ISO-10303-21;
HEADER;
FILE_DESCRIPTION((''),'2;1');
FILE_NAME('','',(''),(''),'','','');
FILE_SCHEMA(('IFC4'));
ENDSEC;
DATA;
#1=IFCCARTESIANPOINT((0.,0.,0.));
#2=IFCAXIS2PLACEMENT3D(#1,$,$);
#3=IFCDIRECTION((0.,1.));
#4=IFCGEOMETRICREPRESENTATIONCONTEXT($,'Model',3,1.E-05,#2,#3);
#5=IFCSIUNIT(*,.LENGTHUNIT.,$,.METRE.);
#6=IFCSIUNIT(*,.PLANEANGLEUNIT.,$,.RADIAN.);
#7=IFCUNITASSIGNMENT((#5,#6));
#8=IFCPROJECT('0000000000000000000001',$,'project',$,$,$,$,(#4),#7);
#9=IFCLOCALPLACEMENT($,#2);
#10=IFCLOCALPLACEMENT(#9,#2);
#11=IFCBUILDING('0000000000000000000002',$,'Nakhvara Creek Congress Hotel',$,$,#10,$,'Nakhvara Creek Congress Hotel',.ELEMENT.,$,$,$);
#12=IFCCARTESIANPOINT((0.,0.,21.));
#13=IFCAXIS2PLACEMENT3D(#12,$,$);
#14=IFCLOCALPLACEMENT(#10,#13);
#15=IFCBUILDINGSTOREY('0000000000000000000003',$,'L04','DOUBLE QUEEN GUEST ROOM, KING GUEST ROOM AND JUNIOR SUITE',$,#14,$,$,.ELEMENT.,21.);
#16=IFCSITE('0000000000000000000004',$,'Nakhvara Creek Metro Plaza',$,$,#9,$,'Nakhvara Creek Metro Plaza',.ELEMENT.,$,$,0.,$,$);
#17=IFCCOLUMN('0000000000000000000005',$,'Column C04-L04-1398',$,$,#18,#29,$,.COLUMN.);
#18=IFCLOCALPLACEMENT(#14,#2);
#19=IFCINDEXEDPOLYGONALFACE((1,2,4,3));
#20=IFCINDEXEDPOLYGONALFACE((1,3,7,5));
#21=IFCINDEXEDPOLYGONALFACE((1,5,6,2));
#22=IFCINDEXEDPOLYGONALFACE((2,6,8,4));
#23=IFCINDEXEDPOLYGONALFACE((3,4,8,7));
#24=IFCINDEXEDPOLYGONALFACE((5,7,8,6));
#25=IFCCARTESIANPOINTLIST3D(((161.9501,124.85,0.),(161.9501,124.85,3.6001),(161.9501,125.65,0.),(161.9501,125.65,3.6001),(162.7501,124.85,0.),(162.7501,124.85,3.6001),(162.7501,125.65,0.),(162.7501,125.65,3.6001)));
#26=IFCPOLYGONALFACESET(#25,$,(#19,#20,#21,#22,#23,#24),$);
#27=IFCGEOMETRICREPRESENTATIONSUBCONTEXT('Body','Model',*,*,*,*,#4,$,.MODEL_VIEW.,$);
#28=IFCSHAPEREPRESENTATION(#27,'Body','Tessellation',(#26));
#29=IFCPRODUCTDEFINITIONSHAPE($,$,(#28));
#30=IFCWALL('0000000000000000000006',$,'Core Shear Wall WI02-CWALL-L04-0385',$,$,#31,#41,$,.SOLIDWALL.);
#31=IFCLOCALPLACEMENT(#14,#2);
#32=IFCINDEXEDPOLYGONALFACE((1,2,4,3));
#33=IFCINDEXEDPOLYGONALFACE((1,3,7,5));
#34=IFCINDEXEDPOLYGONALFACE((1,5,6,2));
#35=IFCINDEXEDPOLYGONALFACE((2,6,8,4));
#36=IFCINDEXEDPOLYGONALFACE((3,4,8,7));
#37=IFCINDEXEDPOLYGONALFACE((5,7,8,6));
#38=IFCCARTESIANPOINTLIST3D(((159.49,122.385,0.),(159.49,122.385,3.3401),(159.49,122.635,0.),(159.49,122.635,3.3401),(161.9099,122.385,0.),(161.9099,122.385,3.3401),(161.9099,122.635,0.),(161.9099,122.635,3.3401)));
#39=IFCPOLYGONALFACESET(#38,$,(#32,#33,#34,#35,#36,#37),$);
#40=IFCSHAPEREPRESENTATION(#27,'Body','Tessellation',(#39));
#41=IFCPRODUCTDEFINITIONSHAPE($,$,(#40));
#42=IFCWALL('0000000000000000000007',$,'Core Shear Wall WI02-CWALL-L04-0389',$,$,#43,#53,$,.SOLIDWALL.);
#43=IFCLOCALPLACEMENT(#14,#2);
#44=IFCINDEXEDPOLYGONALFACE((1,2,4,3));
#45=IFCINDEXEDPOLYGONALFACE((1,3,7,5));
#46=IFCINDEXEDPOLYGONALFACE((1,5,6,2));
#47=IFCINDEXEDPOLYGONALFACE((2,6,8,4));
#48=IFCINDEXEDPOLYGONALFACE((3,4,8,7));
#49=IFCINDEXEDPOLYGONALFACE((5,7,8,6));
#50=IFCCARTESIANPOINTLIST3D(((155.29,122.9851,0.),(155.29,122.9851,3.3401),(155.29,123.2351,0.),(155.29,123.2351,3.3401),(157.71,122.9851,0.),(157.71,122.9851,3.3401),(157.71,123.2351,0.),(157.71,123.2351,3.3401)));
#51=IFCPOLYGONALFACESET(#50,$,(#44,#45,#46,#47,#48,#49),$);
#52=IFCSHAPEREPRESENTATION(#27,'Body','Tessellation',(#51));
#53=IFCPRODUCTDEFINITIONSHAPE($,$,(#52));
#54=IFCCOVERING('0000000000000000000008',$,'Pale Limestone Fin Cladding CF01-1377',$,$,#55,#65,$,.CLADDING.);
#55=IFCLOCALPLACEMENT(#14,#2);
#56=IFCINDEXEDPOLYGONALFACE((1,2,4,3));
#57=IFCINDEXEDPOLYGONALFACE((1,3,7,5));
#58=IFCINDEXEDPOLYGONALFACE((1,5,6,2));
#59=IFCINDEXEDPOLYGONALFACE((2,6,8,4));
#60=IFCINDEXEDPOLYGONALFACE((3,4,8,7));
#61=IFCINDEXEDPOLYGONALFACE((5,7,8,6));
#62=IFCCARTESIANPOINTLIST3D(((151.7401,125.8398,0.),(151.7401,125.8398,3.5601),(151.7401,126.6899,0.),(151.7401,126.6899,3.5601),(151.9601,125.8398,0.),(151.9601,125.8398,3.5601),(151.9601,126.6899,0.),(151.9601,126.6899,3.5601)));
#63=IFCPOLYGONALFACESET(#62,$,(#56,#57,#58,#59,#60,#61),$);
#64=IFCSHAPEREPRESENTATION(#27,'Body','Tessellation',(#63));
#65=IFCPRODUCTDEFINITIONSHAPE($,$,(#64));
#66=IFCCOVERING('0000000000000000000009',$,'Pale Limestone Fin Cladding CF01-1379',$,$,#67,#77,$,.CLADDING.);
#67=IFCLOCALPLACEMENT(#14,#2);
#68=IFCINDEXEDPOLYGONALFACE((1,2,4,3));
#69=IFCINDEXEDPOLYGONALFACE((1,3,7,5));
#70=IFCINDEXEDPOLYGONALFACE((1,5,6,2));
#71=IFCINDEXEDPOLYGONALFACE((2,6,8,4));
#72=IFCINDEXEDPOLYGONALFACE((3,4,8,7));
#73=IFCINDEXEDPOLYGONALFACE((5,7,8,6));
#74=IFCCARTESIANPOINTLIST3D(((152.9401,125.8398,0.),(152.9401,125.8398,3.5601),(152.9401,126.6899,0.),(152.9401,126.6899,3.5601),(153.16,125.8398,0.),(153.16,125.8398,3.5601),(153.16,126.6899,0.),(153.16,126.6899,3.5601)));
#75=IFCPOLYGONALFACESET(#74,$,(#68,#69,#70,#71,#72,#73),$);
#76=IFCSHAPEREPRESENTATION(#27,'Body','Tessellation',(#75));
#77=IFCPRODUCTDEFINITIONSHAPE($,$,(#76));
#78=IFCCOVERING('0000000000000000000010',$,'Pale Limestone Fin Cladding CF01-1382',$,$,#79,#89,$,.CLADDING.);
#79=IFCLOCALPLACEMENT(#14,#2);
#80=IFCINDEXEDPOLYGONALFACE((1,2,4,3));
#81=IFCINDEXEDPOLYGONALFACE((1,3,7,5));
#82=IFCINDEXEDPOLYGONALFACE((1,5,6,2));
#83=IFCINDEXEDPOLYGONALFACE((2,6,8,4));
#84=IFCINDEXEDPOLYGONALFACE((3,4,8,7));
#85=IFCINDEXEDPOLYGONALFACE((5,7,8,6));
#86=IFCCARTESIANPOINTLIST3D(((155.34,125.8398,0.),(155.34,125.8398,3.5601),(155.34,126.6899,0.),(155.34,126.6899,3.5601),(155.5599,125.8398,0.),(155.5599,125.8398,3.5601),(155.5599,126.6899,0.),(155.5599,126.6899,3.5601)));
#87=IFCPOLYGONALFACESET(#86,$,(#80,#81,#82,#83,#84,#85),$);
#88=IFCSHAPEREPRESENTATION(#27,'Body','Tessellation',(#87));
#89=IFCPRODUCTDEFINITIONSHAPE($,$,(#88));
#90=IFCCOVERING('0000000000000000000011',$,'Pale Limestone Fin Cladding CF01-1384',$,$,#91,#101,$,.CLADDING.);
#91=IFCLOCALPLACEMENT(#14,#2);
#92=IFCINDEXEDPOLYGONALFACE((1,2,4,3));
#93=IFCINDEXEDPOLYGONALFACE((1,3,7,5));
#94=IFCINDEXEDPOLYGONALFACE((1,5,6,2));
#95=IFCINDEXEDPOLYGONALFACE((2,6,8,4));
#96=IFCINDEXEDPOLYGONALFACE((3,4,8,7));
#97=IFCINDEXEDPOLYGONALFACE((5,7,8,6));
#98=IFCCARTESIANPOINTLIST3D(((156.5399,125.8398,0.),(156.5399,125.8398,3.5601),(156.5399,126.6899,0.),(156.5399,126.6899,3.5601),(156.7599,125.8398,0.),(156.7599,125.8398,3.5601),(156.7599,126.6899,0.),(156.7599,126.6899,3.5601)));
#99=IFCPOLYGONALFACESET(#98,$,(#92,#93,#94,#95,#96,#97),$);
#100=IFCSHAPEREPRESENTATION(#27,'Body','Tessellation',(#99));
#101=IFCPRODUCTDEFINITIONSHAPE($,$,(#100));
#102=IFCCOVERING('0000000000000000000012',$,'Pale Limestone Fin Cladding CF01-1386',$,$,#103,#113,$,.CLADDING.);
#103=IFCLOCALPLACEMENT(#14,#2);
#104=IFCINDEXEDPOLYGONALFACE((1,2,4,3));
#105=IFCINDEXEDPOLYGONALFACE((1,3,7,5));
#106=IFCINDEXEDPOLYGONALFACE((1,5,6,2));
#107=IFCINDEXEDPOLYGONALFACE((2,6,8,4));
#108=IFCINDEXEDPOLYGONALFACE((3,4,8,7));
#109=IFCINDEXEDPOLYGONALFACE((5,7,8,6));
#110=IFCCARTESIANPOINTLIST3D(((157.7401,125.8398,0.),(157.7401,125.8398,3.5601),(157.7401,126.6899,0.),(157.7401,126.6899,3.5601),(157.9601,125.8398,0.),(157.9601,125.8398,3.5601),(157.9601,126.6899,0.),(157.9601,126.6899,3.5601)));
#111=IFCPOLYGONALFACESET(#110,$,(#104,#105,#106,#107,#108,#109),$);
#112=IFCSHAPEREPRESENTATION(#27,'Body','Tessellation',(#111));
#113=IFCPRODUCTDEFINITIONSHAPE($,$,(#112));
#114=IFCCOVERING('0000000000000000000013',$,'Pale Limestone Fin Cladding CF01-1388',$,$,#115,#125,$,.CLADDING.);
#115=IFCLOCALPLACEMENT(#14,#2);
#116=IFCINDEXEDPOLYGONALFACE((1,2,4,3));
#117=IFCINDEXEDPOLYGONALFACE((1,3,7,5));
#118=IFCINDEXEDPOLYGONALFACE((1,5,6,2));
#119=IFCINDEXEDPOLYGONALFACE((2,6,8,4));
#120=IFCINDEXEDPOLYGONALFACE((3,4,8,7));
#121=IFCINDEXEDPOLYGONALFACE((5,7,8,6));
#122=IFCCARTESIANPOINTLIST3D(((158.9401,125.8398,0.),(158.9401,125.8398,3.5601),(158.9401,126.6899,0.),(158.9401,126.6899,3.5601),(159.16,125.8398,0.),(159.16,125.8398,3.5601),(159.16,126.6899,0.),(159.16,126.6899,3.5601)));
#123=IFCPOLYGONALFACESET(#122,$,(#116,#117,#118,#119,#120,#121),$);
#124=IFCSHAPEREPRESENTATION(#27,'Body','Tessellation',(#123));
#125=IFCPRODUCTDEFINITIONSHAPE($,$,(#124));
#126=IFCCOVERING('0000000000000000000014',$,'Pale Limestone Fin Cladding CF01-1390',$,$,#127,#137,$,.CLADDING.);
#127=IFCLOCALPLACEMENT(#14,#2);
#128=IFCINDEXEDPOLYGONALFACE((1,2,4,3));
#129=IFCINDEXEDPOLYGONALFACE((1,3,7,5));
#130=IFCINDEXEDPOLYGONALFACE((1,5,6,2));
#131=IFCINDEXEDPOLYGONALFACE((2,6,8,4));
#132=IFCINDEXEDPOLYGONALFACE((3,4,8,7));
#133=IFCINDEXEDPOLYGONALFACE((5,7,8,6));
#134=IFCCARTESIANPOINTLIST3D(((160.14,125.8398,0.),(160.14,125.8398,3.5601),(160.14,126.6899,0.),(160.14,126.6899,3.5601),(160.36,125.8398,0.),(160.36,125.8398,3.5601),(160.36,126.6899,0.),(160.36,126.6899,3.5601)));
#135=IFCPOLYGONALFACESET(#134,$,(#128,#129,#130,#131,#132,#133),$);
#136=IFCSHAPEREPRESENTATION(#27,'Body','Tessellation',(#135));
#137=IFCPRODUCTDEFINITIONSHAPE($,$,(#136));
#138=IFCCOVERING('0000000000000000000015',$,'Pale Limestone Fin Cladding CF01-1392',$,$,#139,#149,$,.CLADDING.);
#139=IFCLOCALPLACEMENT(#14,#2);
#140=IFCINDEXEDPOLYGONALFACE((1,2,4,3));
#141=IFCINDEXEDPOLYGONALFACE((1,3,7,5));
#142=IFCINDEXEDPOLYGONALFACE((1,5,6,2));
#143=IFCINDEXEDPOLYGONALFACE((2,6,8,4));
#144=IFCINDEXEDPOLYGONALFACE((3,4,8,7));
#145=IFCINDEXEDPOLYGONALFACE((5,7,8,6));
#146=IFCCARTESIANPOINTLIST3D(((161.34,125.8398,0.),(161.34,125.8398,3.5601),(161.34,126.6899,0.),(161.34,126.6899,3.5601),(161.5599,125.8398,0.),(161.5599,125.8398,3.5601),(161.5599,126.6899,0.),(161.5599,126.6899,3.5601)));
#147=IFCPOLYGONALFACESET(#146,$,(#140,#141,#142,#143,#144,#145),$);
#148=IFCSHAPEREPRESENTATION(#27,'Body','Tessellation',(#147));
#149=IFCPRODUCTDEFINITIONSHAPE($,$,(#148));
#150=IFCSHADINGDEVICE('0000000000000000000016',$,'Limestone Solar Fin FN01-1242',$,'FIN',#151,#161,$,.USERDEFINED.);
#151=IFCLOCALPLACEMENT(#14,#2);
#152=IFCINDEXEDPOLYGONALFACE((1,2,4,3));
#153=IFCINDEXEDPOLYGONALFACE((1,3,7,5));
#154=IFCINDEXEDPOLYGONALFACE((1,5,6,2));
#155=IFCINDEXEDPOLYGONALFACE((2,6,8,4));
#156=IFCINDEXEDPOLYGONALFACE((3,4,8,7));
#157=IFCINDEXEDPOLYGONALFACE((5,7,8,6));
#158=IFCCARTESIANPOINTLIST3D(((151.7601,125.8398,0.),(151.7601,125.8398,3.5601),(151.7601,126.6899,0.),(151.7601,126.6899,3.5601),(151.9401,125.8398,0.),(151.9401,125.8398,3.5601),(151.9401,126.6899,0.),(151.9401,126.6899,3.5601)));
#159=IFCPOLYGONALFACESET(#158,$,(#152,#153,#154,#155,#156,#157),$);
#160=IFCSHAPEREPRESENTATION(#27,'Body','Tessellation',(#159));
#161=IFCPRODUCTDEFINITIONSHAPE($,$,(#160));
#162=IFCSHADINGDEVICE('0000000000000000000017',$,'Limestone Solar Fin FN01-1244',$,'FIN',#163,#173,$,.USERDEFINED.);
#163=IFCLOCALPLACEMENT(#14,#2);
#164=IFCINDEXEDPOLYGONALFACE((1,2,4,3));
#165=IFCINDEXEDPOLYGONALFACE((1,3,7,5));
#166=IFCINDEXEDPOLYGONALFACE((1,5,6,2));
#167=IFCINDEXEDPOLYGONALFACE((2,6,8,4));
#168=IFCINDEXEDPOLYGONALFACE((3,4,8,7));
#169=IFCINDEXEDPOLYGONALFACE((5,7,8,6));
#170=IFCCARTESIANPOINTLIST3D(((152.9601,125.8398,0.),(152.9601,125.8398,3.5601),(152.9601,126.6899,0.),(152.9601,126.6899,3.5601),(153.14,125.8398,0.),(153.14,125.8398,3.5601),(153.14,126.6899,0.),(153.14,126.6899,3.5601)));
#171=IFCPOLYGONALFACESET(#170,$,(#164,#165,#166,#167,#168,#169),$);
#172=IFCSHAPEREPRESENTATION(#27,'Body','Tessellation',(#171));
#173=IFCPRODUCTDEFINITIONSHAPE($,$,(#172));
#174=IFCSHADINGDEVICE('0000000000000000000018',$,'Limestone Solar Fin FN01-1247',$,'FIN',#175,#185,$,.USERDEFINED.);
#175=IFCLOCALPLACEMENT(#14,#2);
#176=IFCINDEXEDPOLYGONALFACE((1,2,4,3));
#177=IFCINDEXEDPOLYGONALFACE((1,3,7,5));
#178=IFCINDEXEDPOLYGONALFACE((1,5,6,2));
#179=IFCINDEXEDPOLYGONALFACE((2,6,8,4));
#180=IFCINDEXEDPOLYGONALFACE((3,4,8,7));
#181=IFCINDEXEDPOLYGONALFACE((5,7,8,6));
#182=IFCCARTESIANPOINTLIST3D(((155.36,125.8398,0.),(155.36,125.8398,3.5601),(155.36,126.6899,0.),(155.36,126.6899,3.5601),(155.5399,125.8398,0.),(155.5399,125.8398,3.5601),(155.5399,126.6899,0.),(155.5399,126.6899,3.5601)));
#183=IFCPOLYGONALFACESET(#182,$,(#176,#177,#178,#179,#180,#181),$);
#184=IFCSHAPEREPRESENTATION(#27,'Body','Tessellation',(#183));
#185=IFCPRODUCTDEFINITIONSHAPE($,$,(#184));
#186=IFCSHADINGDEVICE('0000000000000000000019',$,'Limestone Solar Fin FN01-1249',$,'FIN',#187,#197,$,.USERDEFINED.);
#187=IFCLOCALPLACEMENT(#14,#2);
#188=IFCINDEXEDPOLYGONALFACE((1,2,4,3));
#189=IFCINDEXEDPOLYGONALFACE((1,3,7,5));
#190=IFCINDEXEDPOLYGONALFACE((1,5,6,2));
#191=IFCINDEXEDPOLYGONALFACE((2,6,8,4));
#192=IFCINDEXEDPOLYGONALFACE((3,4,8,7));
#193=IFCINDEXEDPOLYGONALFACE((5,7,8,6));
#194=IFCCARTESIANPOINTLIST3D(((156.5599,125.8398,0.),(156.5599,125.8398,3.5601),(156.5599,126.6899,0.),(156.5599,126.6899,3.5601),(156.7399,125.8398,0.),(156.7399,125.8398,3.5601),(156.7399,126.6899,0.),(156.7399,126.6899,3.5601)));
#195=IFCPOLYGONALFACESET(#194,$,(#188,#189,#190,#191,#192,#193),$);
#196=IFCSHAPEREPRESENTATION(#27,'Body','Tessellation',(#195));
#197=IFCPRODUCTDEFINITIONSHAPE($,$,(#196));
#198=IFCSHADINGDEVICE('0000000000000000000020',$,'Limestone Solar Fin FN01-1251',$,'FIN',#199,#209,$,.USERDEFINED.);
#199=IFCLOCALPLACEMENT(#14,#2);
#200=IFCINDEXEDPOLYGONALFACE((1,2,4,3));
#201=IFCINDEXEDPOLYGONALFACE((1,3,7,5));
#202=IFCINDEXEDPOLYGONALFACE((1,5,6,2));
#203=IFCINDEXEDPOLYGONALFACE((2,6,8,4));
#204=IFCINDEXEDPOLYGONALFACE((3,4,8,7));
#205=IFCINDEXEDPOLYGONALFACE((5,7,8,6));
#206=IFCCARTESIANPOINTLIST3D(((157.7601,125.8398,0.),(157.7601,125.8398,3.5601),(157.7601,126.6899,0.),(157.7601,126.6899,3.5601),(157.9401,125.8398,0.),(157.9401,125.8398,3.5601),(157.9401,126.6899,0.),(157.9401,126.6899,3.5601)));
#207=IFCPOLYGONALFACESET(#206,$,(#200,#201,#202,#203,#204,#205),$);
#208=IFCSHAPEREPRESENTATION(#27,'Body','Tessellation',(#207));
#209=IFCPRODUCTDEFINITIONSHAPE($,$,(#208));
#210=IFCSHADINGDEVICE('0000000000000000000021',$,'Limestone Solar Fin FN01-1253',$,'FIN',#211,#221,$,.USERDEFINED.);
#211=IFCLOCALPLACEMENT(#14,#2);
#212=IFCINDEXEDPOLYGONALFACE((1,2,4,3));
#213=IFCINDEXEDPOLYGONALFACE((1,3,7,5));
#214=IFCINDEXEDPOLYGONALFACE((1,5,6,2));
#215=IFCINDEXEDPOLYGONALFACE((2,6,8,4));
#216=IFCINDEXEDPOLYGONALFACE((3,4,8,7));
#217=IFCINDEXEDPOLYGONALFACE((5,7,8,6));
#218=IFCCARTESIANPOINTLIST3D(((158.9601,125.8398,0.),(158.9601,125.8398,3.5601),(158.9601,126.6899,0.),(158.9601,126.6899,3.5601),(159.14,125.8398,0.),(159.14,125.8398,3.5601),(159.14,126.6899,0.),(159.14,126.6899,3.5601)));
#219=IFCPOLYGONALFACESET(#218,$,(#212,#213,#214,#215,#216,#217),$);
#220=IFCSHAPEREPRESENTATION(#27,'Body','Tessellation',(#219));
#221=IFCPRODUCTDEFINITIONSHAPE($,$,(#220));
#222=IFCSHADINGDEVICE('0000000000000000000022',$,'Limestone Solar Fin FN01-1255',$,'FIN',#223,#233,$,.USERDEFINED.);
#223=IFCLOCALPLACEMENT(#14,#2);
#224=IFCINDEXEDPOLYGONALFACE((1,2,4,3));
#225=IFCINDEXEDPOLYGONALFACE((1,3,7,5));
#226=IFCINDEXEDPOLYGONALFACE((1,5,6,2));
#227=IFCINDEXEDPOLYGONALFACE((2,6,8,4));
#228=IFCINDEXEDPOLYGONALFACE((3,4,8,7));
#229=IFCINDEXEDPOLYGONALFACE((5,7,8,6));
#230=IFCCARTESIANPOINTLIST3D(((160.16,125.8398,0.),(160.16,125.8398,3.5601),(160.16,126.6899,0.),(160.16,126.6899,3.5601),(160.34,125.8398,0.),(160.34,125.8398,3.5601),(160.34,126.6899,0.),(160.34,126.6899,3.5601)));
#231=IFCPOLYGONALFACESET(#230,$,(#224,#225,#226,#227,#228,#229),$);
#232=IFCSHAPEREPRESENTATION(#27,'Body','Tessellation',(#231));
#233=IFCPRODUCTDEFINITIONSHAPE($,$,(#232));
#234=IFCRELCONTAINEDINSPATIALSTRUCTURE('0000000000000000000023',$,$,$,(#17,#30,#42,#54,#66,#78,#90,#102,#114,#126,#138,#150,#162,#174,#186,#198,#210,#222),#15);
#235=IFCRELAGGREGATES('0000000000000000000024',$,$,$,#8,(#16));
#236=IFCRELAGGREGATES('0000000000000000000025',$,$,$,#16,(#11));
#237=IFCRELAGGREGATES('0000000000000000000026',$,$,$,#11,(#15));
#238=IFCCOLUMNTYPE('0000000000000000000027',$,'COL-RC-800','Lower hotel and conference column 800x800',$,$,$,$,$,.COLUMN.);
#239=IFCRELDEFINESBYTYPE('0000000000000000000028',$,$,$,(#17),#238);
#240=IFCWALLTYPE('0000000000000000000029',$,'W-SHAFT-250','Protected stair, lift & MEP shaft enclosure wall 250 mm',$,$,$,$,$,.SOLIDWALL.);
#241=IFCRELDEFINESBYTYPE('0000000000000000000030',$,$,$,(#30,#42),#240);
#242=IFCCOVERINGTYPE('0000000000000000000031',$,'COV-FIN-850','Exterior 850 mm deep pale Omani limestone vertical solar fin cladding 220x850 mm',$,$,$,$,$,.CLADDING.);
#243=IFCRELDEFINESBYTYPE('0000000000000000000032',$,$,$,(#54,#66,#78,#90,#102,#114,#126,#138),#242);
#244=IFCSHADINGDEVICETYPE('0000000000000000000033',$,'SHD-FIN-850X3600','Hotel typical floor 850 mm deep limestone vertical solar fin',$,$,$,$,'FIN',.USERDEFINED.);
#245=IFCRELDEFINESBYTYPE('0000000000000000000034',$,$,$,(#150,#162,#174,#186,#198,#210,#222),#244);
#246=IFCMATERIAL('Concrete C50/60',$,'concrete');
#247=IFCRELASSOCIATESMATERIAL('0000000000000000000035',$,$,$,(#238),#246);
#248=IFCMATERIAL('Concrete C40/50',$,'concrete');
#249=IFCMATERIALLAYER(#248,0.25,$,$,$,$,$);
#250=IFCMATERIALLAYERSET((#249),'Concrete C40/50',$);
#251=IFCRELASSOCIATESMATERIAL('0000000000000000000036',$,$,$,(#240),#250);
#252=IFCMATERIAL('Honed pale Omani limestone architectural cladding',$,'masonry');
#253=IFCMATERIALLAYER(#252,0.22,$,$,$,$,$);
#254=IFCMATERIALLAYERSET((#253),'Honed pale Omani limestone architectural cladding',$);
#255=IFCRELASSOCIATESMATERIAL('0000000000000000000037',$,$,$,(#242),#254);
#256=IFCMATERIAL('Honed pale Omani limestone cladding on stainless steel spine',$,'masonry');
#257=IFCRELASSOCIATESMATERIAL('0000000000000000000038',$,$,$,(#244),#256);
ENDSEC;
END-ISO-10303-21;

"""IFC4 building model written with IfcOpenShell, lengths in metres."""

from ifc_helpers import new_model, si_unit, direction, frame, frame_2d, origin, origin_2d, place, context, subcontext, project, spatial, rectangle, extrude, material, layer, layer_set, material_profile, profile_set, type_object, element, save


model = new_model("IFC4")

# Units and contexts
model_context = context("Model", 3, precision=1e-05, world=origin(), true_north=direction((0.0, 1.0)))
body_context = subcontext(model_context, "Body", "Model", "MODEL_VIEW")
ifc_project = project(units=[si_unit("LENGTHUNIT", "METRE"), si_unit("PLANEANGLEUNIT", "RADIAN")], contexts=[model_context])

# Site, building, storey
site_placement = place(None, origin())
site = spatial("IfcSite", under=ifc_project, at=site_placement, Name="Nakhvara Creek Metro Plaza", LongName="Nakhvara Creek Metro Plaza", CompositionType="ELEMENT", RefElevation=0.0)
building_placement = place(site_placement, origin())
building = spatial("IfcBuilding", under=site, at=building_placement, Name="Nakhvara Creek Congress Hotel", LongName="Nakhvara Creek Congress Hotel", CompositionType="ELEMENT")
storey_placement = place(building_placement, frame((0.0, 0.0, 21.0)))
storey = spatial("IfcBuildingStorey", under=building, at=storey_placement, Name="L04", Description="DOUBLE QUEEN GUEST ROOM, KING GUEST ROOM AND JUNIOR SUITE", CompositionType="ELEMENT", Elevation=21.0)

# Column
ifc_material_1 = material(Name="Concrete C50/60", Category="concrete")
ifc_material_profile = material_profile(ifc_material_1, rectangle(XDim=0.8, YDim=0.8, at=origin_2d()), Name="RC-COL 800x800", Category="LoadBearing")
ifc_profile_set = profile_set([ifc_material_profile], Name="Concrete C50/60")
column_type = type_object("IfcColumnType", Name="COL-RC-800", Description="Lower hotel and conference column 800x800", PredefinedType="COLUMN", material=ifc_profile_set)
column_placement = place(storey_placement, frame((162.3501, 125.25, 0.0), z_axis=(0.0, 0.0, 1.0), x_axis=(1.0, 0.0, 0.0)))
element("IfcColumn", 1, at=column_placement, inside=storey, type_object=column_type, Name="Column C04-L04-1398", PredefinedType="COLUMN", context=body_context, shape_type="SweptSolid", body=[
    extrude(rectangle(XDim=0.8, YDim=0.8, at=origin_2d()), origin(), (0.0, 0.0, 1.0), 3.6001),
])

# Walls
ifc_material_2 = material(Name="Concrete C40/50", Category="concrete")
ifc_layer_1 = layer(ifc_material_2, 0.25)
ifc_layer_set_1 = layer_set([ifc_layer_1], Name="Concrete C40/50")
wall_type = type_object("IfcWallType", Name="W-SHAFT-250", Description="Protected stair, lift & MEP shaft enclosure wall 250 mm", PredefinedType="SOLIDWALL", material=ifc_layer_set_1)
for number, where, z_axis, x_axis, name in (
    (2, (159.49, 122.51, 0.0), (0.0, 0.0, 1.0), (1.0, 0.0, 0.0), "Core Shear Wall WI02-CWALL-L04-0385"),
    (3, (155.29, 123.1101, 0.0), (0.0, 0.0, 1.0), (1.0, 0.0, 0.0), "Core Shear Wall WI02-CWALL-L04-0389"),
):
    element("IfcWall", number, at=place(storey_placement, frame(where, z_axis=z_axis, x_axis=x_axis)), inside=storey, type_object=wall_type, Name=name, PredefinedType="SOLIDWALL", context=body_context, shape_type="SweptSolid", body=[
        extrude(rectangle(XDim=2.4199, YDim=0.25, at=frame_2d((1.21, 0.0))), origin(), (0.0, 0.0, 1.0), 3.3401),
    ])

# Coverings
ifc_material_3 = material(Name="Honed pale Omani limestone architectural cladding", Category="masonry")
ifc_layer_2 = layer(ifc_material_3, 0.22)
ifc_layer_set_2 = layer_set([ifc_layer_2], Name="Honed pale Omani limestone architectural cladding")
covering_type = type_object("IfcCoveringType", Name="COV-FIN-850", Description="Exterior 850 mm deep pale Omani limestone vertical solar fin cladding 220x850 mm", PredefinedType="CLADDING", material=ifc_layer_set_2)
for number, where, z_axis, x_axis, name in (
    (4, (151.8501, 126.2649, 0.0), (0.0, 0.0, 1.0), (1.0, 0.0, 0.0), "Pale Limestone Fin Cladding CF01-1377"),
    (5, (153.05, 126.2649, 0.0), (0.0, 0.0, 1.0), (1.0, 0.0, 0.0), "Pale Limestone Fin Cladding CF01-1379"),
    (6, (155.45, 126.2649, 0.0), (0.0, 0.0, 1.0), (1.0, 0.0, 0.0), "Pale Limestone Fin Cladding CF01-1382"),
    (7, (156.6499, 126.2649, 0.0), (0.0, 0.0, 1.0), (1.0, 0.0, 0.0), "Pale Limestone Fin Cladding CF01-1384"),
    (8, (157.8501, 126.2649, 0.0), (0.0, 0.0, 1.0), (1.0, 0.0, 0.0), "Pale Limestone Fin Cladding CF01-1386"),
    (9, (159.05, 126.2649, 0.0), (0.0, 0.0, 1.0), (1.0, 0.0, 0.0), "Pale Limestone Fin Cladding CF01-1388"),
    (10, (160.25, 126.2649, 0.0), (0.0, 0.0, 1.0), (1.0, 0.0, 0.0), "Pale Limestone Fin Cladding CF01-1390"),
    (11, (161.45, 126.2649, 0.0), (0.0, 0.0, 1.0), (1.0, 0.0, 0.0), "Pale Limestone Fin Cladding CF01-1392"),
):
    element("IfcCovering", number, at=place(storey_placement, frame(where, z_axis=z_axis, x_axis=x_axis)), inside=storey, type_object=covering_type, Name=name, PredefinedType="CLADDING", context=body_context, shape_type="SweptSolid", body=[
        extrude(rectangle(XDim=0.22, YDim=0.8501, at=origin_2d()), origin(), (0.0, 0.0, 1.0), 3.5601),
    ])

# Shading devices
ifc_material_4 = material(Name="Honed pale Omani limestone cladding on stainless steel spine", Category="masonry")
shading_device_type = type_object("IfcShadingDeviceType", Name="SHD-FIN-850X3600", Description="Hotel typical floor 850 mm deep limestone vertical solar fin", ElementType="FIN", PredefinedType="USERDEFINED", material=ifc_material_4)
for number, where, z_axis, x_axis, name in (
    (12, (151.8501, 126.2649, 0.0), (0.0, 0.0, 1.0), (1.0, 0.0, 0.0), "Limestone Solar Fin FN01-1242"),
    (13, (153.05, 126.2649, 0.0), (0.0, 0.0, 1.0), (1.0, 0.0, 0.0), "Limestone Solar Fin FN01-1244"),
    (14, (155.45, 126.2649, 0.0), (0.0, 0.0, 1.0), (1.0, 0.0, 0.0), "Limestone Solar Fin FN01-1247"),
    (15, (156.6499, 126.2649, 0.0), (0.0, 0.0, 1.0), (1.0, 0.0, 0.0), "Limestone Solar Fin FN01-1249"),
    (16, (157.8501, 126.2649, 0.0), (0.0, 0.0, 1.0), (1.0, 0.0, 0.0), "Limestone Solar Fin FN01-1251"),
    (17, (159.05, 126.2649, 0.0), (0.0, 0.0, 1.0), (1.0, 0.0, 0.0), "Limestone Solar Fin FN01-1253"),
    (18, (160.25, 126.2649, 0.0), (0.0, 0.0, 1.0), (1.0, 0.0, 0.0), "Limestone Solar Fin FN01-1255"),
):
    element("IfcShadingDevice", number, at=place(storey_placement, frame(where, z_axis=z_axis, x_axis=x_axis)), inside=storey, type_object=shading_device_type, Name=name, ObjectType="FIN", PredefinedType="USERDEFINED", context=body_context, shape_type="SweptSolid", body=[
        extrude(rectangle(XDim=0.1799, YDim=0.8501, at=origin_2d()), origin(), (0.0, 0.0, 1.0), 3.5601),
    ])

save(model, "model.ifc")
